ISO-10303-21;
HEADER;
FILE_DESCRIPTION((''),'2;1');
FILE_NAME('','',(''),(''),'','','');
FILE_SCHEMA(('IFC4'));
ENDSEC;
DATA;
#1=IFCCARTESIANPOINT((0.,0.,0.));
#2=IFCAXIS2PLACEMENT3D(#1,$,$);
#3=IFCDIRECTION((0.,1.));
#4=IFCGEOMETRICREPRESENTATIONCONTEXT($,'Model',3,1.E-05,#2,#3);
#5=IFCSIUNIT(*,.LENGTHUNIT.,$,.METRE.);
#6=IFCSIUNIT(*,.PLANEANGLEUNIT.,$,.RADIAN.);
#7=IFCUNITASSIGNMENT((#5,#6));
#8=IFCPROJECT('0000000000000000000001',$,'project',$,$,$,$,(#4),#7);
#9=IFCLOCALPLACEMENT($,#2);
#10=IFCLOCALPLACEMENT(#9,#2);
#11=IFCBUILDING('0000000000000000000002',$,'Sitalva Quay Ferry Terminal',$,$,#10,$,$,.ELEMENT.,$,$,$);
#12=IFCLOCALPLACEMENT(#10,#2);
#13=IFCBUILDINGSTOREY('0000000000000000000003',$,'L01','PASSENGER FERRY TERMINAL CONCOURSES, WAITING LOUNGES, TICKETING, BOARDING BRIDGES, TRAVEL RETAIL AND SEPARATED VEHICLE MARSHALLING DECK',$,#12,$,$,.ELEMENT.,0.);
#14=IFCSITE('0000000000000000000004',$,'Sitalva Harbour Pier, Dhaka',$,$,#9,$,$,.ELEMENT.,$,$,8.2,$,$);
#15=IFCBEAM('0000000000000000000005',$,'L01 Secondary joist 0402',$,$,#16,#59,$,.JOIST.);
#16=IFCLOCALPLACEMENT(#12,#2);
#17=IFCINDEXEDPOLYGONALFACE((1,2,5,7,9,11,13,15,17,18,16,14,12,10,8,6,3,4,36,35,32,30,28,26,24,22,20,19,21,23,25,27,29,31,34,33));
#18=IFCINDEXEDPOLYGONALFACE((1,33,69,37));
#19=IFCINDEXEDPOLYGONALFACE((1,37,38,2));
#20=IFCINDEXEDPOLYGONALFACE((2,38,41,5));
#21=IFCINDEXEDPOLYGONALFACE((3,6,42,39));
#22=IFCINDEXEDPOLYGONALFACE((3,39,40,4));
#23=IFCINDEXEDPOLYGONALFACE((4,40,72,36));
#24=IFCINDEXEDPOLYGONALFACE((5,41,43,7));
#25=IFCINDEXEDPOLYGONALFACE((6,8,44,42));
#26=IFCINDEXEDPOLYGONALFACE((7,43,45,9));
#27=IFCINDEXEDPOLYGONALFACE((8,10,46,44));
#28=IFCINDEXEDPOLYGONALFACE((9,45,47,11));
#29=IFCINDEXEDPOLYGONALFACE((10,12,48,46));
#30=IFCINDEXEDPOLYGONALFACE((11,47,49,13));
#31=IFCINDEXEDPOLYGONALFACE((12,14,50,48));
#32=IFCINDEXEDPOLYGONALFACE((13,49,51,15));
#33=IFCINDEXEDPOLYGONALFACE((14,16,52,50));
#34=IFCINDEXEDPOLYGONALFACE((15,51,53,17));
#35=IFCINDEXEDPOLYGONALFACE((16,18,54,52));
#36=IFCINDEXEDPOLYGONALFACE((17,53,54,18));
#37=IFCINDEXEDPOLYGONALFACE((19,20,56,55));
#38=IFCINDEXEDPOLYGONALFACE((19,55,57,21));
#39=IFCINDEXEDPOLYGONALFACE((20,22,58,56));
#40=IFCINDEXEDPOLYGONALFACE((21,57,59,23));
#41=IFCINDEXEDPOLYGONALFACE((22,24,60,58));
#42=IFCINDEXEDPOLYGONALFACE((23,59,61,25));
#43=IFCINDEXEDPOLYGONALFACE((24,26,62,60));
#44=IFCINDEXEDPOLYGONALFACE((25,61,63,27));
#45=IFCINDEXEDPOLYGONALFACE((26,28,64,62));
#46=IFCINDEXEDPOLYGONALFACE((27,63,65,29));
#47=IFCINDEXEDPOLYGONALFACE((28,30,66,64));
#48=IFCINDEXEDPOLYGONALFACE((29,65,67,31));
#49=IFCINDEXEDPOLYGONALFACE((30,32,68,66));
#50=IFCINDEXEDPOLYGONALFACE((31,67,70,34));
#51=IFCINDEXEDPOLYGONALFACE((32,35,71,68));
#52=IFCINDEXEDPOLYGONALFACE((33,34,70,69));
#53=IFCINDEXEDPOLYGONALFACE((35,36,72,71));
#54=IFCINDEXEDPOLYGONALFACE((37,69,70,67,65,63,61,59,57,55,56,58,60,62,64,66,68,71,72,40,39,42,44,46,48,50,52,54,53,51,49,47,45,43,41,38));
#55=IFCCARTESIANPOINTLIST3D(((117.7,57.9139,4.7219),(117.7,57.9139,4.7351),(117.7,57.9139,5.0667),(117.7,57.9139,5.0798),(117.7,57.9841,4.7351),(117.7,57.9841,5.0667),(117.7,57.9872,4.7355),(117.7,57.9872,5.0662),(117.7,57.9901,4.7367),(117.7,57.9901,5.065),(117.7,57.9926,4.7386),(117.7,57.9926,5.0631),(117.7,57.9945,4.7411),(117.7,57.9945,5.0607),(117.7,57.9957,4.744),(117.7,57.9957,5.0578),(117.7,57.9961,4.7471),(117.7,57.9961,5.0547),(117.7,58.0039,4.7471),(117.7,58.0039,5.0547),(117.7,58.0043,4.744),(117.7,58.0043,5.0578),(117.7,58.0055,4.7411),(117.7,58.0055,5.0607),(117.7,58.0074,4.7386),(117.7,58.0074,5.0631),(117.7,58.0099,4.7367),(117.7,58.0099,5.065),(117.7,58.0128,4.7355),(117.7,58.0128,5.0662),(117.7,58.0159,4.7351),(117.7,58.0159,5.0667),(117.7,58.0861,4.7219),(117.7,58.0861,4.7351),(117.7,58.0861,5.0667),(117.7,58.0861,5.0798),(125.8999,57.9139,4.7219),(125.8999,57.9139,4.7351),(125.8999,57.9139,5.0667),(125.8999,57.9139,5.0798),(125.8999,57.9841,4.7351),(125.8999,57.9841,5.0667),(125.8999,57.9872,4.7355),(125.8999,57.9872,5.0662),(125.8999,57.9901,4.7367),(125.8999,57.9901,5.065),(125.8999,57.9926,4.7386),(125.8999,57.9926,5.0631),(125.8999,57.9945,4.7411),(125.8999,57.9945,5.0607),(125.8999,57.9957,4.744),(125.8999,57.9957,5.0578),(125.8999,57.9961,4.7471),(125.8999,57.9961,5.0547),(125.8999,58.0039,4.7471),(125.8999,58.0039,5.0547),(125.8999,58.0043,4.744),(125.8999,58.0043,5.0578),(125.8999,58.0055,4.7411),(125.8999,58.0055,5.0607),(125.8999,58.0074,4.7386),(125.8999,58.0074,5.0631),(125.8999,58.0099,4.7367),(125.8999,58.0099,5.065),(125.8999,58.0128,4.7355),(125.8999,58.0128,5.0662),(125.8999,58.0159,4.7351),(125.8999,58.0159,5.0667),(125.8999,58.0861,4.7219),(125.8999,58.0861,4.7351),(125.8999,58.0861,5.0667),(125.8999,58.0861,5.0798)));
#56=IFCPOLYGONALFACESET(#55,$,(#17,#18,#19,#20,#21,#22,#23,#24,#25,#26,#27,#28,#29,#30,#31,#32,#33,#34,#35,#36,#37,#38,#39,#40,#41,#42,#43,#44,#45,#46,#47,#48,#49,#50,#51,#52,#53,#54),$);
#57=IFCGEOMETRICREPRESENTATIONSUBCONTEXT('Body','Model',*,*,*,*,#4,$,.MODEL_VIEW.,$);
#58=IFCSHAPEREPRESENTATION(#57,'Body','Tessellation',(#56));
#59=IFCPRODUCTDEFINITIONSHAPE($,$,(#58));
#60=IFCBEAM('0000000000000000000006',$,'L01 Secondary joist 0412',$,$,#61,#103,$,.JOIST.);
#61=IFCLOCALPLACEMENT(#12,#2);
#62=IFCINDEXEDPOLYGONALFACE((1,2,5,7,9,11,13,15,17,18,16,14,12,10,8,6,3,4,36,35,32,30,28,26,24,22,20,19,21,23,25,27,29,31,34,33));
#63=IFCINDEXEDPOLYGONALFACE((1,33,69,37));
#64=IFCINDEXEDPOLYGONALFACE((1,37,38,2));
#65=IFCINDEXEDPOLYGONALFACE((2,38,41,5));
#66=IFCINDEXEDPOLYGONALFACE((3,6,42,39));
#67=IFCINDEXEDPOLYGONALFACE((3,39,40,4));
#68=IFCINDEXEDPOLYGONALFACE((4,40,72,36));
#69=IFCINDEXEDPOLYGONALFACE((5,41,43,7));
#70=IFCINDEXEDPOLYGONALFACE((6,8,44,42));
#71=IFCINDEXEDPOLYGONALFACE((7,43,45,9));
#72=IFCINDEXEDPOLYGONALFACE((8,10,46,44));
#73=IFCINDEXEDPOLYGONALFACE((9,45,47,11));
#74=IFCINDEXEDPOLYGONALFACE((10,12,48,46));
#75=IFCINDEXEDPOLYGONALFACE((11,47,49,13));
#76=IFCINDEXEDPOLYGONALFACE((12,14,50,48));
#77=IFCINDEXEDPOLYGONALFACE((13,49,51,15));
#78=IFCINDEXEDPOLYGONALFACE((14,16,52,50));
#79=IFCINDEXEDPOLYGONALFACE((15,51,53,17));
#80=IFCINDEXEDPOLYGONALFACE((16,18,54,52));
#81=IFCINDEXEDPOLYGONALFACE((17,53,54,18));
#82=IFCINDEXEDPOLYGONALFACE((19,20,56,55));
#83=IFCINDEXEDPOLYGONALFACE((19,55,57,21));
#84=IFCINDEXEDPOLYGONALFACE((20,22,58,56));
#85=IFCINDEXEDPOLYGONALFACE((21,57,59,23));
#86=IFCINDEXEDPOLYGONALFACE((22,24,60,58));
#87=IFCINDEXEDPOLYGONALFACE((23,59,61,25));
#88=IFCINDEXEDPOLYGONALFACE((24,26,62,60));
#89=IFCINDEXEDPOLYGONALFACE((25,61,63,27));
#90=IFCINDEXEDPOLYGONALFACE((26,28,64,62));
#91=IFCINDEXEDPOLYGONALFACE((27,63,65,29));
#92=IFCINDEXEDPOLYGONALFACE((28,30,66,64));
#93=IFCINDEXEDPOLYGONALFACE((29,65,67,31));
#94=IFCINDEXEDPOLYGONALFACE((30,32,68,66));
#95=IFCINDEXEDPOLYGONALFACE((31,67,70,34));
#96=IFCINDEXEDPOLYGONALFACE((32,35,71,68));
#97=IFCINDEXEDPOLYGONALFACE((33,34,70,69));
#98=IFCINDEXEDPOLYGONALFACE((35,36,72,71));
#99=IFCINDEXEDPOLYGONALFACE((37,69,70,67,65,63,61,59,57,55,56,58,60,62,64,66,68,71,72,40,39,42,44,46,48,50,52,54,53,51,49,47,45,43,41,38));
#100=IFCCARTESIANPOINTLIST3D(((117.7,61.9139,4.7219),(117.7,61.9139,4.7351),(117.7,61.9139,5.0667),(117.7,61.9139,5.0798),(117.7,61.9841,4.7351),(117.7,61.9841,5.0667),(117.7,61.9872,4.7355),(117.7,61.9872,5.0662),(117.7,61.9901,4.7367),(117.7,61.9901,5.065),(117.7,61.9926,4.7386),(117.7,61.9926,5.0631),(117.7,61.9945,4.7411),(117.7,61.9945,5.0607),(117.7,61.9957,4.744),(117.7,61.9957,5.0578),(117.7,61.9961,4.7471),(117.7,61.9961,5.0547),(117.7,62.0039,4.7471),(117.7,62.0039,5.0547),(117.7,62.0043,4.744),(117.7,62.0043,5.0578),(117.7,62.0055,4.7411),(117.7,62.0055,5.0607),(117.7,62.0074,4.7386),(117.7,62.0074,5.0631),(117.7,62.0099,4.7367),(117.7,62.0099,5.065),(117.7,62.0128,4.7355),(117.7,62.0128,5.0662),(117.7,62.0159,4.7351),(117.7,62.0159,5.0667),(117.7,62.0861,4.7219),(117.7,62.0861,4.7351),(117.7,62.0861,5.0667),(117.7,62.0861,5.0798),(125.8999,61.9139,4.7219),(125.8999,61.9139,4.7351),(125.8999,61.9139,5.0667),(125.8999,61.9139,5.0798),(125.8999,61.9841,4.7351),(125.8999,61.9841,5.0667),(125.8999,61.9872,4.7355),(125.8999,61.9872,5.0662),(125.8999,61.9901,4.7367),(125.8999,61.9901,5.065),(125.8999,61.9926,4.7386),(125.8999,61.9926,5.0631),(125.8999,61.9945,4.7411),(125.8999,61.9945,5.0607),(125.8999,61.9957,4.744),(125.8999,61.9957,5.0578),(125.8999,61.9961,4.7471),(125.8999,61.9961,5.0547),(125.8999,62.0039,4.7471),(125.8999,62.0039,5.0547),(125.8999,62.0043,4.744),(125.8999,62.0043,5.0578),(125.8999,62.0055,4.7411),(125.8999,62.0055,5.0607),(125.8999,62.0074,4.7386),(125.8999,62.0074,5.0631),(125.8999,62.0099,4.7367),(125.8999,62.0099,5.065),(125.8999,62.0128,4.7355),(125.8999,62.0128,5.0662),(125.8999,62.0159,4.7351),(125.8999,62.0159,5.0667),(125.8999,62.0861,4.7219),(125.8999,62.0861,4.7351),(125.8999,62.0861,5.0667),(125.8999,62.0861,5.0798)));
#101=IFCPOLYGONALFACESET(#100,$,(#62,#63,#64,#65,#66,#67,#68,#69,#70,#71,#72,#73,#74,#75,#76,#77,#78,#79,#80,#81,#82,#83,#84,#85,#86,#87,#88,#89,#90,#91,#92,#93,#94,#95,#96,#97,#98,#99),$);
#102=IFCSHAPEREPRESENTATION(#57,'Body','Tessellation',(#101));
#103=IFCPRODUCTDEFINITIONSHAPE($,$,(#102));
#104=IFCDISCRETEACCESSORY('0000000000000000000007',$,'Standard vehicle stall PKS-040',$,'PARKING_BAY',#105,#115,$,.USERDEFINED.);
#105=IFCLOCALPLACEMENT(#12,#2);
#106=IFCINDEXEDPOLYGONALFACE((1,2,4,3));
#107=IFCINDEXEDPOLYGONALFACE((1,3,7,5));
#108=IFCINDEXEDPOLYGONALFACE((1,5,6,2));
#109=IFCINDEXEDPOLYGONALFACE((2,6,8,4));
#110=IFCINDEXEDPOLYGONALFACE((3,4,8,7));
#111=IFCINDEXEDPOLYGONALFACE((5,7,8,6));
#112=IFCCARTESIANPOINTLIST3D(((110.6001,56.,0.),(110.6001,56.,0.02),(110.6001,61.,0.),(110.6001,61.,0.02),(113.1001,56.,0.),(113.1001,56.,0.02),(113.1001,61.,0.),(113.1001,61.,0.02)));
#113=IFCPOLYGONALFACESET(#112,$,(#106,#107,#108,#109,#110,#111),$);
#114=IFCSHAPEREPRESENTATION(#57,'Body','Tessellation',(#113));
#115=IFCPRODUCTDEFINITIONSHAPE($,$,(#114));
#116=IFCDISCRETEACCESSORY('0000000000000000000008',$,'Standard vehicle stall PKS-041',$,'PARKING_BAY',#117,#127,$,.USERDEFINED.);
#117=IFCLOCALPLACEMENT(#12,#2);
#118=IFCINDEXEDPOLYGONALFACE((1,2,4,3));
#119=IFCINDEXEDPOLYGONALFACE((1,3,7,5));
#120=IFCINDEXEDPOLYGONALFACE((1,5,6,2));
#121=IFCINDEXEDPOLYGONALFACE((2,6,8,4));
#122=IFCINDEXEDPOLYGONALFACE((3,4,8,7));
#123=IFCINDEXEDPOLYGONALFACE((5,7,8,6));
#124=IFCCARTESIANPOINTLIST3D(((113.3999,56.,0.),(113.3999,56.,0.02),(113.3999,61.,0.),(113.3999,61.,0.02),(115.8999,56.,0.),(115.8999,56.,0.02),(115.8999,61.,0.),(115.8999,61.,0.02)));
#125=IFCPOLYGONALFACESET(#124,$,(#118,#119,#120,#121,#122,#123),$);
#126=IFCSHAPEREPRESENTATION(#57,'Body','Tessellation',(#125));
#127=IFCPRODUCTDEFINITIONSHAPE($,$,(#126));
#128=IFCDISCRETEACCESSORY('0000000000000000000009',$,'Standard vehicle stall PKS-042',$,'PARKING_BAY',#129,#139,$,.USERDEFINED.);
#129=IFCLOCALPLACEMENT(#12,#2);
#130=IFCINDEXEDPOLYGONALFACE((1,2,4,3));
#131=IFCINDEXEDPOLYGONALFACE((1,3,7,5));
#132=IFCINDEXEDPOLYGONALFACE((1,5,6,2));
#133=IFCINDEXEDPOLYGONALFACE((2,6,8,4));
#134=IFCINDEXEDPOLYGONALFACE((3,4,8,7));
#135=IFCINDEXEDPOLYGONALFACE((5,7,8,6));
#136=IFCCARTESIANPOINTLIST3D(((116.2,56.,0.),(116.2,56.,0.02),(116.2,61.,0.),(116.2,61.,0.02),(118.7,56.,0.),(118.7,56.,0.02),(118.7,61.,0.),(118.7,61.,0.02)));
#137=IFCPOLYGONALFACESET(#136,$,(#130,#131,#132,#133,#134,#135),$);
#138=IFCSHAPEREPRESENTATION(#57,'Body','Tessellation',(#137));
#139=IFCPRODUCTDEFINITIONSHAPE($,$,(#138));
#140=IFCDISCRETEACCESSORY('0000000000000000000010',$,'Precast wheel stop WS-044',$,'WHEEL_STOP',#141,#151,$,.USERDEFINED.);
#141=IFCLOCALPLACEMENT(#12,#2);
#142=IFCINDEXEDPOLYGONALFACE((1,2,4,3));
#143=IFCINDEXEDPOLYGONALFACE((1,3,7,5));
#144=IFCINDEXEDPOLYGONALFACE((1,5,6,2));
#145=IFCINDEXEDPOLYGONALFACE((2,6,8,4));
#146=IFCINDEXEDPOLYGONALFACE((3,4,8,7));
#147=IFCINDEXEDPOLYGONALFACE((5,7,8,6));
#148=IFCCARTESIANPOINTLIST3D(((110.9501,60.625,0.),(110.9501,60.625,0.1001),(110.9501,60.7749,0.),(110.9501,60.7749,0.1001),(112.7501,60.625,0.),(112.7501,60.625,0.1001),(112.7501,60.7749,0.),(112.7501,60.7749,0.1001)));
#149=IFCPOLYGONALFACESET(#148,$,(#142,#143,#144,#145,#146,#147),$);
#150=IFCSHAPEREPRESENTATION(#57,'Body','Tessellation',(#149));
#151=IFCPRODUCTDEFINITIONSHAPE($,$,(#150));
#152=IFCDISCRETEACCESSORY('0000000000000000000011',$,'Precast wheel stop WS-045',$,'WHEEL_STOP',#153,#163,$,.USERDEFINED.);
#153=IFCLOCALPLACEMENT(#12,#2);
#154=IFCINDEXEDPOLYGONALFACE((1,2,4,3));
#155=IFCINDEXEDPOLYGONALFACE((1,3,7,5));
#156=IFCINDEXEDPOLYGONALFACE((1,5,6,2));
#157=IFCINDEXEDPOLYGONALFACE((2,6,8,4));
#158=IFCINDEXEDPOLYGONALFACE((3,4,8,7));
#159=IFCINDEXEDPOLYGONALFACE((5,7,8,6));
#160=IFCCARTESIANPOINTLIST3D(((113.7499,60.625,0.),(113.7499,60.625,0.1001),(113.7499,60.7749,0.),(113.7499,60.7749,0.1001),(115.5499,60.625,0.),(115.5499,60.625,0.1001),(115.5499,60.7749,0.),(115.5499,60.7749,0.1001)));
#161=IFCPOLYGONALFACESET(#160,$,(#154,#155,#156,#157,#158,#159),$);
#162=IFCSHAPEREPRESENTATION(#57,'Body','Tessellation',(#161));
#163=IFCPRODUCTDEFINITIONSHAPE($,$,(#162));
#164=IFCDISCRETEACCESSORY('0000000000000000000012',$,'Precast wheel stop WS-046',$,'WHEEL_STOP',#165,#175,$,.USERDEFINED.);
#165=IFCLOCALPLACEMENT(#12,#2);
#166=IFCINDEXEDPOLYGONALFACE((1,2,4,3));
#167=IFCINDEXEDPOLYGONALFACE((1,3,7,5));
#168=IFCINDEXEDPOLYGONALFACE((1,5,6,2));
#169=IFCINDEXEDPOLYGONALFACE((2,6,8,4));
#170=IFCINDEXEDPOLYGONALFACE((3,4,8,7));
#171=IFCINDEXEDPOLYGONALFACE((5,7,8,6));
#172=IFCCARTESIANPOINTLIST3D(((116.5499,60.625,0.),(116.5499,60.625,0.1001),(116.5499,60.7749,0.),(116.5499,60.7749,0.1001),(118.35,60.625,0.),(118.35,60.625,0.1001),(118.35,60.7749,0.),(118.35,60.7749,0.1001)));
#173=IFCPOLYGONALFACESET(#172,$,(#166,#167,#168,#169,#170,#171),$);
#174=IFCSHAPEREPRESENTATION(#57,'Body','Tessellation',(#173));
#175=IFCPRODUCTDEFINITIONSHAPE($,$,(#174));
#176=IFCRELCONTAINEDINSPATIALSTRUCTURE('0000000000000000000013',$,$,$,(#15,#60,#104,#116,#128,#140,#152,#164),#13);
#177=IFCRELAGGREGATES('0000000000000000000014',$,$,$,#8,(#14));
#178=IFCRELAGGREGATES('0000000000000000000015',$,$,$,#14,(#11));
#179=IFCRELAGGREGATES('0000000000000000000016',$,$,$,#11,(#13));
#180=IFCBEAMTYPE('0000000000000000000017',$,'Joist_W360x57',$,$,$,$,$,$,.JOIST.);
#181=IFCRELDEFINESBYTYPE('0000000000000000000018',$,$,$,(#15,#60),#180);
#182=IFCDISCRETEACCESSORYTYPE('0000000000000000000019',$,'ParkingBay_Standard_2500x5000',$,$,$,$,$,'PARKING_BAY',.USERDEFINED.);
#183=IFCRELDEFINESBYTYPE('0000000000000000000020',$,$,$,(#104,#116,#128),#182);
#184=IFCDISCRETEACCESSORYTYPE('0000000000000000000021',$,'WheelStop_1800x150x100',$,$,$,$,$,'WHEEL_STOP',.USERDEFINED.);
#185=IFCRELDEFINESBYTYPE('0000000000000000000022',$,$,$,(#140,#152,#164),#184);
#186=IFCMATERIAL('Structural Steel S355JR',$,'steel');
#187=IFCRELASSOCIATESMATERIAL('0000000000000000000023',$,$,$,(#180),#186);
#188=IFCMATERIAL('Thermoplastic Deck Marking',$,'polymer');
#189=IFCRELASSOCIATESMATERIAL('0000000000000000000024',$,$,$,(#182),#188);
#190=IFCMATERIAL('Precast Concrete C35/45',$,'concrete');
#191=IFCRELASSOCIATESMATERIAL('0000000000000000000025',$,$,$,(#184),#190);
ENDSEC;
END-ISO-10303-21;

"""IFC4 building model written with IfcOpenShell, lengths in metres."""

from ifc_helpers import new_model, si_unit, direction, frame, origin, origin_2d, place, context, subcontext, project, spatial, rectangle, i_section, extrude, material, material_profile, profile_set, type_object, element, save


model = new_model("IFC4")

# Units and contexts
model_context = context("Model", 3, precision=1e-05, world=origin(), true_north=direction((0.0, 1.0)))
body_context = subcontext(model_context, "Body", "Model", "MODEL_VIEW")
ifc_project = project(units=[si_unit("LENGTHUNIT", "METRE"), si_unit("PLANEANGLEUNIT", "RADIAN")], contexts=[model_context])

# Site, building, storey
site_placement = place(None, origin())
site = spatial("IfcSite", under=ifc_project, at=site_placement, Name="Sitalva Harbour Pier, Dhaka", CompositionType="ELEMENT", RefElevation=8.2)
building_placement = place(site_placement, origin())
building = spatial("IfcBuilding", under=site, at=building_placement, Name="Sitalva Quay Ferry Terminal", CompositionType="ELEMENT")
storey_placement = place(building_placement, origin())
storey = spatial("IfcBuildingStorey", under=building, at=storey_placement, Name="L01", Description="PASSENGER FERRY TERMINAL CONCOURSES, WAITING LOUNGES, TICKETING, BOARDING BRIDGES, TRAVEL RETAIL AND SEPARATED VEHICLE MARSHALLING DECK", CompositionType="ELEMENT", Elevation=0.0)

# Beams
ifc_material_1 = material(Name="Structural Steel S355JR", Category="steel")
ifc_material_profile_1 = material_profile(ifc_material_1, i_section(OverallWidth=0.1721, OverallDepth=0.3579, WebThickness=0.0078, FlangeThickness=0.0132, FilletRadius=0.012, at=origin_2d()), Name="W360x57")
ifc_profile_set_1 = profile_set([ifc_material_profile_1], Name="Structural Steel S355JR")
beam_type_1 = type_object("IfcBeamType", Name="Joist_W360x57", PredefinedType="JOIST", material=ifc_profile_set_1)
for number, where, z_axis, x_axis, name in (
    (1, (117.7, 58.0, 4.9009), (1.0, 0.0, 0.0), (0.0, 1.0, 0.0), "L01 Secondary joist 0402"),
    (2, (117.7, 62.0, 4.9009), (1.0, 0.0, 0.0), (0.0, 1.0, 0.0), "L01 Secondary joist 0412"),
):
    element("IfcBeam", number, at=place(storey_placement, frame(where, z_axis=z_axis, x_axis=x_axis)), inside=storey, type_object=beam_type_1, Name=name, PredefinedType="JOIST", context=body_context, shape_type="SweptSolid", body=[
        extrude(i_section(OverallWidth=0.1721, OverallDepth=0.3579, WebThickness=0.0078, FlangeThickness=0.0132, FilletRadius=0.012, at=origin_2d()), origin(), (0.0, 0.0, 1.0), 8.2),
    ])

# Discrete accessories
ifc_material_2 = material(Name="Thermoplastic Deck Marking", Category="polymer")
discrete_accessory_type_1 = type_object("IfcDiscreteAccessoryType", Name="ParkingBay_Standard_2500x5000", ElementType="PARKING_BAY", PredefinedType="USERDEFINED", material=ifc_material_2)
for number, where, z_axis, x_axis, name in (
    (3, (111.8501, 58.5, 0.0), (0.0, 0.0, 1.0), (1.0, 0.0, 0.0), "Standard vehicle stall PKS-040"),
    (4, (114.6499, 58.5, 0.0), (0.0, 0.0, 1.0), (1.0, 0.0, 0.0), "Standard vehicle stall PKS-041"),
    (5, (117.45, 58.5, 0.0), (0.0, 0.0, 1.0), (1.0, 0.0, 0.0), "Standard vehicle stall PKS-042"),
):
    element("IfcDiscreteAccessory", number, at=place(storey_placement, frame(where, z_axis=z_axis, x_axis=x_axis)), inside=storey, type_object=discrete_accessory_type_1, Name=name, ObjectType="PARKING_BAY", PredefinedType="USERDEFINED", context=body_context, shape_type="SweptSolid", body=[
        extrude(rectangle(XDim=2.5, YDim=5.0, at=origin_2d()), origin(), (0.0, 0.0, 1.0), 0.02),
    ])
ifc_material_3 = material(Name="Precast Concrete C35/45", Category="concrete")
discrete_accessory_type_2 = type_object("IfcDiscreteAccessoryType", Name="WheelStop_1800x150x100", ElementType="WHEEL_STOP", PredefinedType="USERDEFINED", material=ifc_material_3)
for number, where, z_axis, x_axis, name in (
    (6, (111.8501, 60.7, 0.0), (0.0, 0.0, 1.0), (1.0, 0.0, 0.0), "Precast wheel stop WS-044"),
    (7, (114.6499, 60.7, 0.0), (0.0, 0.0, 1.0), (1.0, 0.0, 0.0), "Precast wheel stop WS-045"),
    (8, (117.45, 60.7, 0.0), (0.0, 0.0, 1.0), (1.0, 0.0, 0.0), "Precast wheel stop WS-046"),
):
    element("IfcDiscreteAccessory", number, at=place(storey_placement, frame(where, z_axis=z_axis, x_axis=x_axis)), inside=storey, type_object=discrete_accessory_type_2, Name=name, ObjectType="WHEEL_STOP", PredefinedType="USERDEFINED", context=body_context, shape_type="SweptSolid", body=[
        extrude(rectangle(XDim=1.8, YDim=0.1499, at=origin_2d()), origin(), (0.0, 0.0, 1.0), 0.1001),
    ])

save(model, "model.ifc")
